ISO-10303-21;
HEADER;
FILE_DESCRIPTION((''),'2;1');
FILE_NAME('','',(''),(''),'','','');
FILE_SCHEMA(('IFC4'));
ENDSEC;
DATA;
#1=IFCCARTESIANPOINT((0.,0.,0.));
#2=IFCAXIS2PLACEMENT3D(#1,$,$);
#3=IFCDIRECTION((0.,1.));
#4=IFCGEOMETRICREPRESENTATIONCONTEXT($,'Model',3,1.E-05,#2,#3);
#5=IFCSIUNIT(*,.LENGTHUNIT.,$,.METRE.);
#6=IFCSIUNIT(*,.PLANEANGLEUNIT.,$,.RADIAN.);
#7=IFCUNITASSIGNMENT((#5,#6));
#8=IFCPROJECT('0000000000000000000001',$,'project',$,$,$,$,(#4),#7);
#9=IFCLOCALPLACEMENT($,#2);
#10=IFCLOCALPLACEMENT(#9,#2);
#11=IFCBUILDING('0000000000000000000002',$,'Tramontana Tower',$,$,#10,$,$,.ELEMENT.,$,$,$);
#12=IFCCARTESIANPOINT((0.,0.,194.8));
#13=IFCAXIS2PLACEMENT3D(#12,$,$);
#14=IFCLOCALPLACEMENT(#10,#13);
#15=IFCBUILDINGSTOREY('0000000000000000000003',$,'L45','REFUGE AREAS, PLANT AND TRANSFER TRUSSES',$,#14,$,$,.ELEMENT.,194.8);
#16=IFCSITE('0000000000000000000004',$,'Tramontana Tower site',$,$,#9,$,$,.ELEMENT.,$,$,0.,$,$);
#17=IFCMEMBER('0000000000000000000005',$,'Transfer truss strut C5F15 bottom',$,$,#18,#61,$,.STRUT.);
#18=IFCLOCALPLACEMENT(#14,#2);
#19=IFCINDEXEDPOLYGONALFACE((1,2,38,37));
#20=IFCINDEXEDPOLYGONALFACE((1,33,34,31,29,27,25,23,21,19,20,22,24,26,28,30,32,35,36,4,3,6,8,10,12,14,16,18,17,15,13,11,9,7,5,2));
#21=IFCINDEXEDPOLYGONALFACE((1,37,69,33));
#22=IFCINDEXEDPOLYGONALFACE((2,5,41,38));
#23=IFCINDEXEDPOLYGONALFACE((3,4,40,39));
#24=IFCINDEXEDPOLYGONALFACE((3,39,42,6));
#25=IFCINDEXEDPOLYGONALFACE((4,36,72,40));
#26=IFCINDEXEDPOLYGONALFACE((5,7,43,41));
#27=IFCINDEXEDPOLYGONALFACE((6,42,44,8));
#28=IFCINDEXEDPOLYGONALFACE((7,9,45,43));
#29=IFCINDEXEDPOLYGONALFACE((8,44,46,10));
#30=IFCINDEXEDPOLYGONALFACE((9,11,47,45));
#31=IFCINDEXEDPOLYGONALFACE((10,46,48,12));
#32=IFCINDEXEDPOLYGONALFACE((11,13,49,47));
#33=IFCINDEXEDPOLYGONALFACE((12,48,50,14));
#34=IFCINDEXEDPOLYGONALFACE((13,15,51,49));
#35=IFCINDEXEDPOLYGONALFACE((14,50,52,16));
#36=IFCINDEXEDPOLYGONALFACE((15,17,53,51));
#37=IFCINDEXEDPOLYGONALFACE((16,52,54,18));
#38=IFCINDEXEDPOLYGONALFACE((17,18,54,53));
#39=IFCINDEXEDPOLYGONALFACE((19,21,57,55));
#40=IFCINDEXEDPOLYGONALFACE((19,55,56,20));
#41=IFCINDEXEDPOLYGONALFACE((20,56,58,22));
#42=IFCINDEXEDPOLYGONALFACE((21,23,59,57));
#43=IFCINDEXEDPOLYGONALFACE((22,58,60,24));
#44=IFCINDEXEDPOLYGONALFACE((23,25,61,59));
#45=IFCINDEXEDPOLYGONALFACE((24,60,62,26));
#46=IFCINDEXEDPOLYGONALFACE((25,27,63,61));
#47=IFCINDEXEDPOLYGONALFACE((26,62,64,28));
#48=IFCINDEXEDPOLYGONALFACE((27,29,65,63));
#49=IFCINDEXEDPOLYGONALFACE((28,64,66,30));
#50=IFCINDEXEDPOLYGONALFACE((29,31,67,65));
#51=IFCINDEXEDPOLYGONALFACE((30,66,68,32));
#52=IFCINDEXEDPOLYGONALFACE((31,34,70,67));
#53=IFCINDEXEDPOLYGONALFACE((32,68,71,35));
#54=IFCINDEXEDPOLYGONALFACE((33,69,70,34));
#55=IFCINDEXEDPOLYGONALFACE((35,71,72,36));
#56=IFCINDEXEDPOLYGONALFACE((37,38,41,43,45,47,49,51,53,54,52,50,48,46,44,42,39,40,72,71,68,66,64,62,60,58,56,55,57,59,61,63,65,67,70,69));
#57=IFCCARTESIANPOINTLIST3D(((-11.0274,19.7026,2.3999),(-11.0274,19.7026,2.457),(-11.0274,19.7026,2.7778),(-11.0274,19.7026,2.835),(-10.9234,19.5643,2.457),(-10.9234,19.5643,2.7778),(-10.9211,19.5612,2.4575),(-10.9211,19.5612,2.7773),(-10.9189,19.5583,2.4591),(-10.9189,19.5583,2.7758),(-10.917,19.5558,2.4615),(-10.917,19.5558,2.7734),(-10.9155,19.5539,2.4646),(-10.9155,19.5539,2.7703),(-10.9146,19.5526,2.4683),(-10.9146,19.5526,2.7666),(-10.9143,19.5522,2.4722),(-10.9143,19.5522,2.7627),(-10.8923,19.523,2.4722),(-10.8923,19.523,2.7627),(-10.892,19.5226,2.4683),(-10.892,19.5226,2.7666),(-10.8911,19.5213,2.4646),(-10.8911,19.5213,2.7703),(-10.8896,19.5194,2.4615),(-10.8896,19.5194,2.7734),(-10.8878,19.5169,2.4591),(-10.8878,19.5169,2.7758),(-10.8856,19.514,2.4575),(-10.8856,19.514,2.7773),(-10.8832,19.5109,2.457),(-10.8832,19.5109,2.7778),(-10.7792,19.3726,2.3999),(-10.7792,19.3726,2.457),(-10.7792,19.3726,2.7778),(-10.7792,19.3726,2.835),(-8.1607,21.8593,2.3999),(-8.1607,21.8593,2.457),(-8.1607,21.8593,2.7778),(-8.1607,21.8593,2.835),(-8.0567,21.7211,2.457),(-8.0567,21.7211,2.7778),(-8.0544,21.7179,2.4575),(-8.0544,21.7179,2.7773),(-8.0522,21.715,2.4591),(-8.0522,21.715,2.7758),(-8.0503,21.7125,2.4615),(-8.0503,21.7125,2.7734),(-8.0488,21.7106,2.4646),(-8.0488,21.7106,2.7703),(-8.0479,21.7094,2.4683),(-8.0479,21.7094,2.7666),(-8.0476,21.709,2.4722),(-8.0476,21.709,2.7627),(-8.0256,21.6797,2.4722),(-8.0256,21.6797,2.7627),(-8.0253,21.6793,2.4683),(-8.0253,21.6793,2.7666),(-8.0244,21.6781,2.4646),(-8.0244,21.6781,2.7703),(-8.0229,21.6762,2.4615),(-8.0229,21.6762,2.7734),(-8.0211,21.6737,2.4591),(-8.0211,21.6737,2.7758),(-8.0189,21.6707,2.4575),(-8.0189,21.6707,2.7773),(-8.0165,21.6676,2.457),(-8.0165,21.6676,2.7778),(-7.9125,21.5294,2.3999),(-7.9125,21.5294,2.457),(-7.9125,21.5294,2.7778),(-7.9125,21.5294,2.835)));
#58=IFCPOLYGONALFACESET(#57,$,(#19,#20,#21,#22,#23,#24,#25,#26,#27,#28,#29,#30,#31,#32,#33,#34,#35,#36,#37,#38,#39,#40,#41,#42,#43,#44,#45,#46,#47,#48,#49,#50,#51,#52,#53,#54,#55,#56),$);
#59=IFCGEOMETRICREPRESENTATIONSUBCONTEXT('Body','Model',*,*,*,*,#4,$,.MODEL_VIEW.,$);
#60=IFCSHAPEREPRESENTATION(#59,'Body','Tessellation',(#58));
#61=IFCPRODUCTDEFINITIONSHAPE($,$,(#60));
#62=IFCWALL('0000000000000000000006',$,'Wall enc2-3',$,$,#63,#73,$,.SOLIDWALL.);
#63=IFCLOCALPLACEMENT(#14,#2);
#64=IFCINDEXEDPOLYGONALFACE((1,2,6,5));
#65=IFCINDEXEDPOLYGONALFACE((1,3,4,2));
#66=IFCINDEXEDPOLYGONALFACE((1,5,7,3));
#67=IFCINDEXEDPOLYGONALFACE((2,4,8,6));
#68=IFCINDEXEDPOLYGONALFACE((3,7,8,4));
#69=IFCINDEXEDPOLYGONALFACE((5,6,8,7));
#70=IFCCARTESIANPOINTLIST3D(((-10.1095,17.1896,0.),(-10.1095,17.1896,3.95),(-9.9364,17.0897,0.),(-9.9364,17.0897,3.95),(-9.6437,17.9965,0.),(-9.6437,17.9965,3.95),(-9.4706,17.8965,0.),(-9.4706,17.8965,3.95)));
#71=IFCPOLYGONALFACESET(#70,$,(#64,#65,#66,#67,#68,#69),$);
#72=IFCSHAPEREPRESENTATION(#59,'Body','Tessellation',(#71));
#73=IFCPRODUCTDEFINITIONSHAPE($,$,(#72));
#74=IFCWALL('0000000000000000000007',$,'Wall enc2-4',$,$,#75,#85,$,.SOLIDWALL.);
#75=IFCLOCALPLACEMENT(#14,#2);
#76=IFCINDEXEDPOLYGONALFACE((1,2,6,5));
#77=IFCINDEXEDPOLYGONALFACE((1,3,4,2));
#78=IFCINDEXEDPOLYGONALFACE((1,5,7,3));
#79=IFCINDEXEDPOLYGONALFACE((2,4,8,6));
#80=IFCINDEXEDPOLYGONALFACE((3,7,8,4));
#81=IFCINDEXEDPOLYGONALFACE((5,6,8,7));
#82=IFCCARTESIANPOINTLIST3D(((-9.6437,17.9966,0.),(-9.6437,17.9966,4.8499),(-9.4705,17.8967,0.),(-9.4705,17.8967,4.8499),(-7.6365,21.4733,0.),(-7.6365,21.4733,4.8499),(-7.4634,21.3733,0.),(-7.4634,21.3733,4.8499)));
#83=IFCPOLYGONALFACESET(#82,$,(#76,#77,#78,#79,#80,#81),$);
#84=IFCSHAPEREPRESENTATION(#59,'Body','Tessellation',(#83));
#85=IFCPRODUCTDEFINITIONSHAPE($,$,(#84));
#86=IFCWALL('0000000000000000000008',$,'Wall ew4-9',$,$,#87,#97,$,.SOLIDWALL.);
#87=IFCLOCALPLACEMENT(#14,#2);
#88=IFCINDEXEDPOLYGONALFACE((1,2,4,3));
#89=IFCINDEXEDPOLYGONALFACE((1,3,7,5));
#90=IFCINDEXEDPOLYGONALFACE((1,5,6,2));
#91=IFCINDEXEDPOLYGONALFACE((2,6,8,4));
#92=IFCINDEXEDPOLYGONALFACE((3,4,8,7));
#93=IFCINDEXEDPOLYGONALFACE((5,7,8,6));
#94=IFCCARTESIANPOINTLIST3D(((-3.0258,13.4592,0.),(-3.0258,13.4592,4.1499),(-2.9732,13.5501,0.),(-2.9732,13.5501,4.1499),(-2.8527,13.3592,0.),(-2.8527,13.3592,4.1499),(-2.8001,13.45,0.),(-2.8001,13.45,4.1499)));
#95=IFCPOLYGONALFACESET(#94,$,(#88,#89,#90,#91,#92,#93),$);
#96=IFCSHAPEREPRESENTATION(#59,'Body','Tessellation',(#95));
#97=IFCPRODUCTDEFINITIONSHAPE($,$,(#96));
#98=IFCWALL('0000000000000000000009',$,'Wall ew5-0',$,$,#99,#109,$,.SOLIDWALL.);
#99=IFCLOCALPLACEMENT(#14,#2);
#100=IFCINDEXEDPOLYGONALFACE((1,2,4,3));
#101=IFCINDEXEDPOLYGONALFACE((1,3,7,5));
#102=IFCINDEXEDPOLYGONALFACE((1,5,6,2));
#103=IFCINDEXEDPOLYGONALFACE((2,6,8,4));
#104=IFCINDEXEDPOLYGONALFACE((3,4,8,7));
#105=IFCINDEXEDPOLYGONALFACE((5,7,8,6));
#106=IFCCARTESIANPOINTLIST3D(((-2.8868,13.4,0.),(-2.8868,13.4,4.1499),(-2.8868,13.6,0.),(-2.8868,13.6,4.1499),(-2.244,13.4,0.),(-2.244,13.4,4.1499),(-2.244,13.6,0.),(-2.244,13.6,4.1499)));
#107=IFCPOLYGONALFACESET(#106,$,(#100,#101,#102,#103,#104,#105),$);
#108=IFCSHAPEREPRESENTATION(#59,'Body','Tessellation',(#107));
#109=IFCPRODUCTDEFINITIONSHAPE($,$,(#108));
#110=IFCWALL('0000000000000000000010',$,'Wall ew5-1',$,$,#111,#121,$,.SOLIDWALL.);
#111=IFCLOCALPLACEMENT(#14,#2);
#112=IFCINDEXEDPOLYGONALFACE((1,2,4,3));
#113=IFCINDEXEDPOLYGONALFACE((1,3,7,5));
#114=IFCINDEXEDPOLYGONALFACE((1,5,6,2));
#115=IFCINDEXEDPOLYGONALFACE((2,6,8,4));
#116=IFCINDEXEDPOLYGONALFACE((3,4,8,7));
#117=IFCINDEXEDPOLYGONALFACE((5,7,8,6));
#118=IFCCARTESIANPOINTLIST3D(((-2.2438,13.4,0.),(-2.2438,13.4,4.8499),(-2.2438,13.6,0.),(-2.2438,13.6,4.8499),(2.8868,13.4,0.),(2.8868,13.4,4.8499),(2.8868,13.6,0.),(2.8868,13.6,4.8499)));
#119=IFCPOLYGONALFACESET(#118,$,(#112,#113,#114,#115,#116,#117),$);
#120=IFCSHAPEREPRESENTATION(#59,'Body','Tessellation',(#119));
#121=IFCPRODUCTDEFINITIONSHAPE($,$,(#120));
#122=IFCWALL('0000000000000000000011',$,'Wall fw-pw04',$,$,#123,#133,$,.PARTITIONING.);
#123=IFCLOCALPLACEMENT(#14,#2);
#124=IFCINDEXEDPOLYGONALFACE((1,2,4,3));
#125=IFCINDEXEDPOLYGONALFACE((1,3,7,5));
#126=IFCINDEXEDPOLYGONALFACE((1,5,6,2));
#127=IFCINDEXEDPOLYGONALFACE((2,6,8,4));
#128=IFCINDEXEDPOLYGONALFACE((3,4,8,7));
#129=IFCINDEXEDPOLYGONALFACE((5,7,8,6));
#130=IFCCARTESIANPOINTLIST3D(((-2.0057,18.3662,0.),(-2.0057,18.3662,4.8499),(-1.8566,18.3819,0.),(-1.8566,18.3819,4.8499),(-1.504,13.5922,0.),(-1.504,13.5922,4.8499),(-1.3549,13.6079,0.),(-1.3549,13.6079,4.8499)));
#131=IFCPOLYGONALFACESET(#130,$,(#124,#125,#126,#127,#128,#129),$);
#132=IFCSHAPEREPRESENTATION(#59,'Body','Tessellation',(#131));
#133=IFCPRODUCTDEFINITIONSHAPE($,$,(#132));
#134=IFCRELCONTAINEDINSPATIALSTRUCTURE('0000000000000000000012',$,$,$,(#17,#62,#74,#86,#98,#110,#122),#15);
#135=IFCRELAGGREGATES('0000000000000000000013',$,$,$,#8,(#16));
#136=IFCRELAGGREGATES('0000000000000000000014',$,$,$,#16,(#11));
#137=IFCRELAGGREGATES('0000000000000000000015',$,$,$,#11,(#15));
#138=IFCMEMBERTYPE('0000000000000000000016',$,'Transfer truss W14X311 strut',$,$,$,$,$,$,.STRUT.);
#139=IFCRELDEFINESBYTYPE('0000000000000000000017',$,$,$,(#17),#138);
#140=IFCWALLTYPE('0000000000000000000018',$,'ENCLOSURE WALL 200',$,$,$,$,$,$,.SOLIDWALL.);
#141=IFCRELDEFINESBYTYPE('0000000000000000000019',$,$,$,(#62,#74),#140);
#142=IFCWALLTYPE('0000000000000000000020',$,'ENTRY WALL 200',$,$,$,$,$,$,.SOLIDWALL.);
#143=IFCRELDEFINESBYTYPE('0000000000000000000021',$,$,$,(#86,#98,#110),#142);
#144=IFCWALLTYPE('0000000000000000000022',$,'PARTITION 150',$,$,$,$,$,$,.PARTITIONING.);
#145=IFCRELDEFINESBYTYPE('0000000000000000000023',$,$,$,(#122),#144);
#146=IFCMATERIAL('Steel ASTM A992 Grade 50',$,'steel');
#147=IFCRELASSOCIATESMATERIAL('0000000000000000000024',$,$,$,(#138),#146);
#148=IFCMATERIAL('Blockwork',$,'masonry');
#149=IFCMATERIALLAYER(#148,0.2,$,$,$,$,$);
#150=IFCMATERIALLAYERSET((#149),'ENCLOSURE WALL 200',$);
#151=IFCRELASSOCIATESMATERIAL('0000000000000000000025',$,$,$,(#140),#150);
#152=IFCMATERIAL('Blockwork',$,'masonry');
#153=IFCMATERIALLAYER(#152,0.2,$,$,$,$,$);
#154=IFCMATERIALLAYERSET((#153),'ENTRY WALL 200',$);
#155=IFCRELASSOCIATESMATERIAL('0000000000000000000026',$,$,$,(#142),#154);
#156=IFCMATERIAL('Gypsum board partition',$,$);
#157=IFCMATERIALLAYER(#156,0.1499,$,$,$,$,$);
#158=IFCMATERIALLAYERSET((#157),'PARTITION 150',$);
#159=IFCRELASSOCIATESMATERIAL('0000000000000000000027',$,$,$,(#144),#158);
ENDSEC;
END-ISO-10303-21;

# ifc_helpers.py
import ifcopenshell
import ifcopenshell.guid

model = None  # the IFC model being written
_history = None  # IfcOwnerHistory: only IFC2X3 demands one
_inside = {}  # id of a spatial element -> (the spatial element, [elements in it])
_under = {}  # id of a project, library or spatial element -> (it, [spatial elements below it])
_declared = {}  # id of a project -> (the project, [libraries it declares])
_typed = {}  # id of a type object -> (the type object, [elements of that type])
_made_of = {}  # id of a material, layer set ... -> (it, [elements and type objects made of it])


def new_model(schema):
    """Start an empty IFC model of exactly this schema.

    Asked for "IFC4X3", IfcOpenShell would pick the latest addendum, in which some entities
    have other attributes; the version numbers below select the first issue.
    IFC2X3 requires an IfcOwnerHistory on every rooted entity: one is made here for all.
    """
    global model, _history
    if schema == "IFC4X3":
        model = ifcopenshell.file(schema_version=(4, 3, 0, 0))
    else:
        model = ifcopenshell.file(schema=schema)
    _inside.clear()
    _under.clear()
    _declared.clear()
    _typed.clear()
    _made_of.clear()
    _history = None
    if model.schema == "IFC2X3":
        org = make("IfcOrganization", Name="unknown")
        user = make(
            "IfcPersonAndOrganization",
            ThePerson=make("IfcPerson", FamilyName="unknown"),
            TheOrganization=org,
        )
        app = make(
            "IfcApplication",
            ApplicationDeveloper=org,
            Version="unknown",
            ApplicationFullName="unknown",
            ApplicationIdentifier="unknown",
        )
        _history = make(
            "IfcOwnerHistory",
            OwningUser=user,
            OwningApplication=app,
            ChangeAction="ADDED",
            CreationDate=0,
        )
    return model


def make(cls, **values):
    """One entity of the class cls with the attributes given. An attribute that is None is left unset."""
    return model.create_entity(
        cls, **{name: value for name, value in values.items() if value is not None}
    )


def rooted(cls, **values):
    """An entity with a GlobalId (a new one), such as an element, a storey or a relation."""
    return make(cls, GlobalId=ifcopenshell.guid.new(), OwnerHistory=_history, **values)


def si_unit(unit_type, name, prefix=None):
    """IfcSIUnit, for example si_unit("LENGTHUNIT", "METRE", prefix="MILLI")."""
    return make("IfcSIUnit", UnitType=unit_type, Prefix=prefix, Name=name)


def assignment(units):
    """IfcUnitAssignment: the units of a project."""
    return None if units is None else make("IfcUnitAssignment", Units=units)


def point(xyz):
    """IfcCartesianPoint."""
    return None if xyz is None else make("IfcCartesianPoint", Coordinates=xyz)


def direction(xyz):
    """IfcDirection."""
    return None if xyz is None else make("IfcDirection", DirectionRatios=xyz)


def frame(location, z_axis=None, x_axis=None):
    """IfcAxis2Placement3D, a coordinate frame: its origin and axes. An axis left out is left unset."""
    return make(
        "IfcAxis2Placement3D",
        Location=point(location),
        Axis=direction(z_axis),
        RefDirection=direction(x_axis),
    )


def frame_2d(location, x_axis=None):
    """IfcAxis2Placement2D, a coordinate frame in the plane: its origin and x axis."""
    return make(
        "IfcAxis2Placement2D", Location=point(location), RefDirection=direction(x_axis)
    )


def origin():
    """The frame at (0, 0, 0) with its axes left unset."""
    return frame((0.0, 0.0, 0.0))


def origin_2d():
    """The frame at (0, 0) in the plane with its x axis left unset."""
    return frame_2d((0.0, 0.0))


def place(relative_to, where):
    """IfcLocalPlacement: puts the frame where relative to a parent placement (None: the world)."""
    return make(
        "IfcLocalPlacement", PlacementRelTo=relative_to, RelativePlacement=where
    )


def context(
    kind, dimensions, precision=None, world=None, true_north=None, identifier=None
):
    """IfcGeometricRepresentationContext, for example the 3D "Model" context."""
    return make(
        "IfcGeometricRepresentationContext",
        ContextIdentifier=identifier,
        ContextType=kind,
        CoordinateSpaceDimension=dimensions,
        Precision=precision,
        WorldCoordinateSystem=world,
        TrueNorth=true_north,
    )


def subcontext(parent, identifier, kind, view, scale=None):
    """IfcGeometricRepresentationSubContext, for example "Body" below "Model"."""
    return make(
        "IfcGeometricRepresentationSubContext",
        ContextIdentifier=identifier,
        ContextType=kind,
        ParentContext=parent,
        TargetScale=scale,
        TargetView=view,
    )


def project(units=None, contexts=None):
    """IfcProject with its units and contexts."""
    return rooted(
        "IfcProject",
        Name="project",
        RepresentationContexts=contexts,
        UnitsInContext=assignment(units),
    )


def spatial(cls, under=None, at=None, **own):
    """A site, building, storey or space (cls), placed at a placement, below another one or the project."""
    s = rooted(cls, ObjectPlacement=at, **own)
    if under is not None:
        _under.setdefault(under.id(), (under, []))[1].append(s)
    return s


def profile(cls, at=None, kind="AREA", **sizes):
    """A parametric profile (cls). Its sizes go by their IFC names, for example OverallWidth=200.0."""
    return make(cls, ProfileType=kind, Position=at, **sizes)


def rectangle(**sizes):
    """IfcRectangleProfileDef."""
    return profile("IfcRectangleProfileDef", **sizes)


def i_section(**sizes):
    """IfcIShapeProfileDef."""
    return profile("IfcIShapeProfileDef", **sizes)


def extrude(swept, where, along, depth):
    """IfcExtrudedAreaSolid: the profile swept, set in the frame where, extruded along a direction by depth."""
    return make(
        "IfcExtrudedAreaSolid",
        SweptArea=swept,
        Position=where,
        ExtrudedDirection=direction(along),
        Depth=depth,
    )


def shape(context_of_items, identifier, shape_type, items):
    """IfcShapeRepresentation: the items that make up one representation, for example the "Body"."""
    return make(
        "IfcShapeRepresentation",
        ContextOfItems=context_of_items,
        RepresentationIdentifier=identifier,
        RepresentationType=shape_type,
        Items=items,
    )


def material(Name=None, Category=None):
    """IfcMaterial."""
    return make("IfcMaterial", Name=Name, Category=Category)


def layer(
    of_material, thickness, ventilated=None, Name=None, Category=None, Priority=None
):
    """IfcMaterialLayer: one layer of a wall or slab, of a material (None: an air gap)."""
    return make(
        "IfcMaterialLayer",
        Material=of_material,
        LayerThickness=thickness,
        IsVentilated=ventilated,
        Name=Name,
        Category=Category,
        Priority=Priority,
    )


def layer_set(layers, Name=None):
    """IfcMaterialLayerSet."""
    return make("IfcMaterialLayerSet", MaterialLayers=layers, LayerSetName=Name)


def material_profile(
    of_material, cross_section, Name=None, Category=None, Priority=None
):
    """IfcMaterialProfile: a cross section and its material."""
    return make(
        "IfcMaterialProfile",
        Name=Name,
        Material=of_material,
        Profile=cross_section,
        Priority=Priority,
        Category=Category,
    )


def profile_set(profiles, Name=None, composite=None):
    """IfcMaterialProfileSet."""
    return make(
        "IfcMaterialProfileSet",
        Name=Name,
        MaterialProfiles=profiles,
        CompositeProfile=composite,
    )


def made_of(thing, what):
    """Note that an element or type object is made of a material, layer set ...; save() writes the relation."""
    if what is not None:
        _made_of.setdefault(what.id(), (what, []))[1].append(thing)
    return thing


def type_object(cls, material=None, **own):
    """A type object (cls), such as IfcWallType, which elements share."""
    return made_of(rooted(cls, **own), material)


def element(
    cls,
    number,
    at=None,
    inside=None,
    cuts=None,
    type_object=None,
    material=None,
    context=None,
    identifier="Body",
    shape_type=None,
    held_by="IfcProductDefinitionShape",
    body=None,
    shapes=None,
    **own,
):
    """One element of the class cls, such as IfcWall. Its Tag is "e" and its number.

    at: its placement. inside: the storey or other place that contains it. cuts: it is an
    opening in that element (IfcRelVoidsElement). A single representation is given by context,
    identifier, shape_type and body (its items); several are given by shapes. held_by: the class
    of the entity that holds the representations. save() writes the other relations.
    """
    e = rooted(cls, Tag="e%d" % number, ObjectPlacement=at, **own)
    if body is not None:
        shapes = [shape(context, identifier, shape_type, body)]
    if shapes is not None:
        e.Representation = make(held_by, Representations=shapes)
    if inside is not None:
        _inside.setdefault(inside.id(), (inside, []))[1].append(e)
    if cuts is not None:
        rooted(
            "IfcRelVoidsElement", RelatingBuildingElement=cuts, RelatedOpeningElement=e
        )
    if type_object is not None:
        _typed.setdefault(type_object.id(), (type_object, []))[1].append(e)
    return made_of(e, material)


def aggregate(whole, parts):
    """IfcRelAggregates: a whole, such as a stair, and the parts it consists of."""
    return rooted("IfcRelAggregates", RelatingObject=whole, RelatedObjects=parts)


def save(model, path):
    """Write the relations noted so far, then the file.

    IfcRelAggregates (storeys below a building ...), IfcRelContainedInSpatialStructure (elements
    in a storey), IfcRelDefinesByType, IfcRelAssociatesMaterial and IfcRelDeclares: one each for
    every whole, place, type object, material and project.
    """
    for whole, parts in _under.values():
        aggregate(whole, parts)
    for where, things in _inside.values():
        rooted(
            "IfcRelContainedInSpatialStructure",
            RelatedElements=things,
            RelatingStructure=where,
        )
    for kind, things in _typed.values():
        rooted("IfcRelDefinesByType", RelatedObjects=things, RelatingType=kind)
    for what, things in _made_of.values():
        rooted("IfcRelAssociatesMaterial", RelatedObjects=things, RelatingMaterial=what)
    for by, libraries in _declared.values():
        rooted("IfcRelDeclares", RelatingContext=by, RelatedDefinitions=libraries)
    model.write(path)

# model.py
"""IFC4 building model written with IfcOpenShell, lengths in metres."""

from ifc_helpers import new_model, si_unit, direction, frame, frame_2d, origin, origin_2d, place, context, subcontext, project, spatial, rectangle, i_section, extrude, material, layer, layer_set, material_profile, profile_set, type_object, element, save


model = new_model("IFC4")

# Units and contexts
model_context = context("Model", 3, precision=1e-05, world=origin(), true_north=direction((0.0, 1.0)))
body_context = subcontext(model_context, "Body", "Model", "MODEL_VIEW")
ifc_project = project(units=[si_unit("LENGTHUNIT", "METRE"), si_unit("PLANEANGLEUNIT", "RADIAN")], contexts=[model_context])

# Site, building, storey
site_placement = place(None, origin())
site = spatial("IfcSite", under=ifc_project, at=site_placement, Name="Tramontana Tower site", CompositionType="ELEMENT", RefElevation=0.0)
building_placement = place(site_placement, origin())
building = spatial("IfcBuilding", under=site, at=building_placement, Name="Tramontana Tower", CompositionType="ELEMENT")
storey_placement = place(building_placement, frame((0.0, 0.0, 194.8)))
storey = spatial("IfcBuildingStorey", under=building, at=storey_placement, Name="L45", Description="REFUGE AREAS, PLANT AND TRANSFER TRUSSES", CompositionType="ELEMENT", Elevation=194.8)

# Member
ifc_material_1 = material(Name="Steel ASTM A992 Grade 50", Category="steel")
ifc_material_profile_1 = material_profile(ifc_material_1, i_section(OverallWidth=0.4128, OverallDepth=0.4351, WebThickness=0.0366, FlangeThickness=0.0571, FilletRadius=0.0151, at=origin_2d()), Name="W14X311")
ifc_profile_set_1 = profile_set([ifc_material_profile_1], Name="Steel ASTM A992 Grade 50")
member_type_1 = type_object("IfcMemberType", Name="Transfer truss W14X311 strut", PredefinedType="STRUT", material=ifc_profile_set_1)
member_1_placement = place(storey_placement, frame((-8.0366, 21.6943, 2.6174), z_axis=(-0.799101, -0.601197, 0.0), x_axis=(0.601197, -0.799101, 0.0)))
element("IfcMember", 1, at=member_1_placement, inside=storey, type_object=member_type_1, Name="Transfer truss strut C5F15 bottom", PredefinedType="STRUT", context=body_context, shape_type="SweptSolid", body=[
    extrude(i_section(OverallWidth=0.4128, OverallDepth=0.4351, WebThickness=0.0366, FlangeThickness=0.0571, FilletRadius=0.0151, at=origin_2d()), origin(), (0.0, 0.0, 1.0), 3.5874),
])

# Walls
ifc_material_2 = material(Name="Blockwork", Category="masonry")
ifc_layer_1 = layer(ifc_material_2, 0.2)
ifc_layer_set_1 = layer_set([ifc_layer_1], Name="ENCLOSURE WALL 200")
wall_type_1 = type_object("IfcWallType", Name="ENCLOSURE WALL 200", PredefinedType="SOLIDWALL", material=ifc_layer_set_1)
wall_1_placement = place(storey_placement, frame((-10.0229, 17.1396, 0.0), z_axis=(0.0, 0.0, 1.0), x_axis=(0.499972, 0.866042, 0.0)))
element("IfcWall", 2, at=wall_1_placement, inside=storey, type_object=wall_type_1, Name="Wall enc2-3", PredefinedType="SOLIDWALL", context=body_context, shape_type="SweptSolid", body=[
    extrude(rectangle(XDim=0.9316, YDim=0.2, at=frame_2d((0.4658, 0.0))), origin(), (0.0, 0.0, 1.0), 3.95),
])
wall_2_placement = place(storey_placement, frame((-9.5571, 17.9465, 0.0), z_axis=(0.0, 0.0, 1.0), x_axis=(0.499979, 0.866038, 0.0)))
element("IfcWall", 3, at=wall_2_placement, inside=storey, type_object=wall_type_1, Name="Wall enc2-4", PredefinedType="SOLIDWALL", context=body_context, shape_type="SweptSolid", body=[
    extrude(rectangle(XDim=4.0144, YDim=0.2, at=frame_2d((2.0073, 0.0))), origin(), (0.0, 0.0, 1.0), 4.8499),
])
ifc_material_3 = material(Name="Blockwork", Category="masonry")
ifc_layer_2 = layer(ifc_material_3, 0.2)
ifc_layer_set_2 = layer_set([ifc_layer_2], Name="ENTRY WALL 200")
wall_type_2 = type_object("IfcWallType", Name="ENTRY WALL 200", PredefinedType="SOLIDWALL", material=ifc_layer_set_2)
wall_3_placement = place(storey_placement, frame((-2.9392, 13.4092, 0.0), z_axis=(0.0, 0.0, 1.0), x_axis=(0.500394, 0.865798, 0.0)))
element("IfcWall", 4, at=wall_3_placement, inside=storey, type_object=wall_type_2, Name="Wall ew4-9", PredefinedType="SOLIDWALL", context=body_context, shape_type="SweptSolid", body=[
    extrude(rectangle(XDim=0.105, YDim=0.2, at=frame_2d((0.0525, 0.0))), origin(), (0.0, 0.0, 1.0), 4.1499),
])
wall_4_placement = place(storey_placement, frame((-2.8867, 13.5, 0.0), z_axis=(0.0, 0.0, 1.0), x_axis=(1.0, 0.0, 0.0)))
element("IfcWall", 5, at=wall_4_placement, inside=storey, type_object=wall_type_2, Name="Wall ew5-0", PredefinedType="SOLIDWALL", context=body_context, shape_type="SweptSolid", body=[
    extrude(rectangle(XDim=0.6428, YDim=0.2, at=frame_2d((0.3213, 0.0))), origin(), (0.0, 0.0, 1.0), 4.1499),
])
wall_5_placement = place(storey_placement, frame((-2.2439, 13.5, 0.0), z_axis=(0.0, 0.0, 1.0), x_axis=(1.0, 0.0, 0.0)))
element("IfcWall", 6, at=wall_5_placement, inside=storey, type_object=wall_type_2, Name="Wall ew5-1", PredefinedType="SOLIDWALL", context=body_context, shape_type="SweptSolid", body=[
    extrude(rectangle(XDim=5.1306, YDim=0.2, at=frame_2d((2.5654, 0.0))), origin(), (0.0, 0.0, 1.0), 4.8499),
])
ifc_material_4 = material(Name="Gypsum board partition")
ifc_layer_3 = layer(ifc_material_4, 0.1499)
ifc_layer_set_3 = layer_set([ifc_layer_3], Name="PARTITION 150")
wall_type_3 = type_object("IfcWallType", Name="PARTITION 150", PredefinedType="PARTITIONING", material=ifc_layer_set_3)
wall_6_placement = place(storey_placement, frame((-1.9312, 18.374, 0.0), z_axis=(0.0, 0.0, 1.0), x_axis=(0.104518, -0.994523, 0.0)))
element("IfcWall", 7, at=wall_6_placement, inside=storey, type_object=wall_type_3, Name="Wall fw-pw04", PredefinedType="PARTITIONING", context=body_context, shape_type="SweptSolid", body=[
    extrude(rectangle(XDim=4.8003, YDim=0.1499, at=frame_2d((2.4001, 0.0))), origin(), (0.0, 0.0, 1.0), 4.8499),
])

save(model, "model.ifc")
